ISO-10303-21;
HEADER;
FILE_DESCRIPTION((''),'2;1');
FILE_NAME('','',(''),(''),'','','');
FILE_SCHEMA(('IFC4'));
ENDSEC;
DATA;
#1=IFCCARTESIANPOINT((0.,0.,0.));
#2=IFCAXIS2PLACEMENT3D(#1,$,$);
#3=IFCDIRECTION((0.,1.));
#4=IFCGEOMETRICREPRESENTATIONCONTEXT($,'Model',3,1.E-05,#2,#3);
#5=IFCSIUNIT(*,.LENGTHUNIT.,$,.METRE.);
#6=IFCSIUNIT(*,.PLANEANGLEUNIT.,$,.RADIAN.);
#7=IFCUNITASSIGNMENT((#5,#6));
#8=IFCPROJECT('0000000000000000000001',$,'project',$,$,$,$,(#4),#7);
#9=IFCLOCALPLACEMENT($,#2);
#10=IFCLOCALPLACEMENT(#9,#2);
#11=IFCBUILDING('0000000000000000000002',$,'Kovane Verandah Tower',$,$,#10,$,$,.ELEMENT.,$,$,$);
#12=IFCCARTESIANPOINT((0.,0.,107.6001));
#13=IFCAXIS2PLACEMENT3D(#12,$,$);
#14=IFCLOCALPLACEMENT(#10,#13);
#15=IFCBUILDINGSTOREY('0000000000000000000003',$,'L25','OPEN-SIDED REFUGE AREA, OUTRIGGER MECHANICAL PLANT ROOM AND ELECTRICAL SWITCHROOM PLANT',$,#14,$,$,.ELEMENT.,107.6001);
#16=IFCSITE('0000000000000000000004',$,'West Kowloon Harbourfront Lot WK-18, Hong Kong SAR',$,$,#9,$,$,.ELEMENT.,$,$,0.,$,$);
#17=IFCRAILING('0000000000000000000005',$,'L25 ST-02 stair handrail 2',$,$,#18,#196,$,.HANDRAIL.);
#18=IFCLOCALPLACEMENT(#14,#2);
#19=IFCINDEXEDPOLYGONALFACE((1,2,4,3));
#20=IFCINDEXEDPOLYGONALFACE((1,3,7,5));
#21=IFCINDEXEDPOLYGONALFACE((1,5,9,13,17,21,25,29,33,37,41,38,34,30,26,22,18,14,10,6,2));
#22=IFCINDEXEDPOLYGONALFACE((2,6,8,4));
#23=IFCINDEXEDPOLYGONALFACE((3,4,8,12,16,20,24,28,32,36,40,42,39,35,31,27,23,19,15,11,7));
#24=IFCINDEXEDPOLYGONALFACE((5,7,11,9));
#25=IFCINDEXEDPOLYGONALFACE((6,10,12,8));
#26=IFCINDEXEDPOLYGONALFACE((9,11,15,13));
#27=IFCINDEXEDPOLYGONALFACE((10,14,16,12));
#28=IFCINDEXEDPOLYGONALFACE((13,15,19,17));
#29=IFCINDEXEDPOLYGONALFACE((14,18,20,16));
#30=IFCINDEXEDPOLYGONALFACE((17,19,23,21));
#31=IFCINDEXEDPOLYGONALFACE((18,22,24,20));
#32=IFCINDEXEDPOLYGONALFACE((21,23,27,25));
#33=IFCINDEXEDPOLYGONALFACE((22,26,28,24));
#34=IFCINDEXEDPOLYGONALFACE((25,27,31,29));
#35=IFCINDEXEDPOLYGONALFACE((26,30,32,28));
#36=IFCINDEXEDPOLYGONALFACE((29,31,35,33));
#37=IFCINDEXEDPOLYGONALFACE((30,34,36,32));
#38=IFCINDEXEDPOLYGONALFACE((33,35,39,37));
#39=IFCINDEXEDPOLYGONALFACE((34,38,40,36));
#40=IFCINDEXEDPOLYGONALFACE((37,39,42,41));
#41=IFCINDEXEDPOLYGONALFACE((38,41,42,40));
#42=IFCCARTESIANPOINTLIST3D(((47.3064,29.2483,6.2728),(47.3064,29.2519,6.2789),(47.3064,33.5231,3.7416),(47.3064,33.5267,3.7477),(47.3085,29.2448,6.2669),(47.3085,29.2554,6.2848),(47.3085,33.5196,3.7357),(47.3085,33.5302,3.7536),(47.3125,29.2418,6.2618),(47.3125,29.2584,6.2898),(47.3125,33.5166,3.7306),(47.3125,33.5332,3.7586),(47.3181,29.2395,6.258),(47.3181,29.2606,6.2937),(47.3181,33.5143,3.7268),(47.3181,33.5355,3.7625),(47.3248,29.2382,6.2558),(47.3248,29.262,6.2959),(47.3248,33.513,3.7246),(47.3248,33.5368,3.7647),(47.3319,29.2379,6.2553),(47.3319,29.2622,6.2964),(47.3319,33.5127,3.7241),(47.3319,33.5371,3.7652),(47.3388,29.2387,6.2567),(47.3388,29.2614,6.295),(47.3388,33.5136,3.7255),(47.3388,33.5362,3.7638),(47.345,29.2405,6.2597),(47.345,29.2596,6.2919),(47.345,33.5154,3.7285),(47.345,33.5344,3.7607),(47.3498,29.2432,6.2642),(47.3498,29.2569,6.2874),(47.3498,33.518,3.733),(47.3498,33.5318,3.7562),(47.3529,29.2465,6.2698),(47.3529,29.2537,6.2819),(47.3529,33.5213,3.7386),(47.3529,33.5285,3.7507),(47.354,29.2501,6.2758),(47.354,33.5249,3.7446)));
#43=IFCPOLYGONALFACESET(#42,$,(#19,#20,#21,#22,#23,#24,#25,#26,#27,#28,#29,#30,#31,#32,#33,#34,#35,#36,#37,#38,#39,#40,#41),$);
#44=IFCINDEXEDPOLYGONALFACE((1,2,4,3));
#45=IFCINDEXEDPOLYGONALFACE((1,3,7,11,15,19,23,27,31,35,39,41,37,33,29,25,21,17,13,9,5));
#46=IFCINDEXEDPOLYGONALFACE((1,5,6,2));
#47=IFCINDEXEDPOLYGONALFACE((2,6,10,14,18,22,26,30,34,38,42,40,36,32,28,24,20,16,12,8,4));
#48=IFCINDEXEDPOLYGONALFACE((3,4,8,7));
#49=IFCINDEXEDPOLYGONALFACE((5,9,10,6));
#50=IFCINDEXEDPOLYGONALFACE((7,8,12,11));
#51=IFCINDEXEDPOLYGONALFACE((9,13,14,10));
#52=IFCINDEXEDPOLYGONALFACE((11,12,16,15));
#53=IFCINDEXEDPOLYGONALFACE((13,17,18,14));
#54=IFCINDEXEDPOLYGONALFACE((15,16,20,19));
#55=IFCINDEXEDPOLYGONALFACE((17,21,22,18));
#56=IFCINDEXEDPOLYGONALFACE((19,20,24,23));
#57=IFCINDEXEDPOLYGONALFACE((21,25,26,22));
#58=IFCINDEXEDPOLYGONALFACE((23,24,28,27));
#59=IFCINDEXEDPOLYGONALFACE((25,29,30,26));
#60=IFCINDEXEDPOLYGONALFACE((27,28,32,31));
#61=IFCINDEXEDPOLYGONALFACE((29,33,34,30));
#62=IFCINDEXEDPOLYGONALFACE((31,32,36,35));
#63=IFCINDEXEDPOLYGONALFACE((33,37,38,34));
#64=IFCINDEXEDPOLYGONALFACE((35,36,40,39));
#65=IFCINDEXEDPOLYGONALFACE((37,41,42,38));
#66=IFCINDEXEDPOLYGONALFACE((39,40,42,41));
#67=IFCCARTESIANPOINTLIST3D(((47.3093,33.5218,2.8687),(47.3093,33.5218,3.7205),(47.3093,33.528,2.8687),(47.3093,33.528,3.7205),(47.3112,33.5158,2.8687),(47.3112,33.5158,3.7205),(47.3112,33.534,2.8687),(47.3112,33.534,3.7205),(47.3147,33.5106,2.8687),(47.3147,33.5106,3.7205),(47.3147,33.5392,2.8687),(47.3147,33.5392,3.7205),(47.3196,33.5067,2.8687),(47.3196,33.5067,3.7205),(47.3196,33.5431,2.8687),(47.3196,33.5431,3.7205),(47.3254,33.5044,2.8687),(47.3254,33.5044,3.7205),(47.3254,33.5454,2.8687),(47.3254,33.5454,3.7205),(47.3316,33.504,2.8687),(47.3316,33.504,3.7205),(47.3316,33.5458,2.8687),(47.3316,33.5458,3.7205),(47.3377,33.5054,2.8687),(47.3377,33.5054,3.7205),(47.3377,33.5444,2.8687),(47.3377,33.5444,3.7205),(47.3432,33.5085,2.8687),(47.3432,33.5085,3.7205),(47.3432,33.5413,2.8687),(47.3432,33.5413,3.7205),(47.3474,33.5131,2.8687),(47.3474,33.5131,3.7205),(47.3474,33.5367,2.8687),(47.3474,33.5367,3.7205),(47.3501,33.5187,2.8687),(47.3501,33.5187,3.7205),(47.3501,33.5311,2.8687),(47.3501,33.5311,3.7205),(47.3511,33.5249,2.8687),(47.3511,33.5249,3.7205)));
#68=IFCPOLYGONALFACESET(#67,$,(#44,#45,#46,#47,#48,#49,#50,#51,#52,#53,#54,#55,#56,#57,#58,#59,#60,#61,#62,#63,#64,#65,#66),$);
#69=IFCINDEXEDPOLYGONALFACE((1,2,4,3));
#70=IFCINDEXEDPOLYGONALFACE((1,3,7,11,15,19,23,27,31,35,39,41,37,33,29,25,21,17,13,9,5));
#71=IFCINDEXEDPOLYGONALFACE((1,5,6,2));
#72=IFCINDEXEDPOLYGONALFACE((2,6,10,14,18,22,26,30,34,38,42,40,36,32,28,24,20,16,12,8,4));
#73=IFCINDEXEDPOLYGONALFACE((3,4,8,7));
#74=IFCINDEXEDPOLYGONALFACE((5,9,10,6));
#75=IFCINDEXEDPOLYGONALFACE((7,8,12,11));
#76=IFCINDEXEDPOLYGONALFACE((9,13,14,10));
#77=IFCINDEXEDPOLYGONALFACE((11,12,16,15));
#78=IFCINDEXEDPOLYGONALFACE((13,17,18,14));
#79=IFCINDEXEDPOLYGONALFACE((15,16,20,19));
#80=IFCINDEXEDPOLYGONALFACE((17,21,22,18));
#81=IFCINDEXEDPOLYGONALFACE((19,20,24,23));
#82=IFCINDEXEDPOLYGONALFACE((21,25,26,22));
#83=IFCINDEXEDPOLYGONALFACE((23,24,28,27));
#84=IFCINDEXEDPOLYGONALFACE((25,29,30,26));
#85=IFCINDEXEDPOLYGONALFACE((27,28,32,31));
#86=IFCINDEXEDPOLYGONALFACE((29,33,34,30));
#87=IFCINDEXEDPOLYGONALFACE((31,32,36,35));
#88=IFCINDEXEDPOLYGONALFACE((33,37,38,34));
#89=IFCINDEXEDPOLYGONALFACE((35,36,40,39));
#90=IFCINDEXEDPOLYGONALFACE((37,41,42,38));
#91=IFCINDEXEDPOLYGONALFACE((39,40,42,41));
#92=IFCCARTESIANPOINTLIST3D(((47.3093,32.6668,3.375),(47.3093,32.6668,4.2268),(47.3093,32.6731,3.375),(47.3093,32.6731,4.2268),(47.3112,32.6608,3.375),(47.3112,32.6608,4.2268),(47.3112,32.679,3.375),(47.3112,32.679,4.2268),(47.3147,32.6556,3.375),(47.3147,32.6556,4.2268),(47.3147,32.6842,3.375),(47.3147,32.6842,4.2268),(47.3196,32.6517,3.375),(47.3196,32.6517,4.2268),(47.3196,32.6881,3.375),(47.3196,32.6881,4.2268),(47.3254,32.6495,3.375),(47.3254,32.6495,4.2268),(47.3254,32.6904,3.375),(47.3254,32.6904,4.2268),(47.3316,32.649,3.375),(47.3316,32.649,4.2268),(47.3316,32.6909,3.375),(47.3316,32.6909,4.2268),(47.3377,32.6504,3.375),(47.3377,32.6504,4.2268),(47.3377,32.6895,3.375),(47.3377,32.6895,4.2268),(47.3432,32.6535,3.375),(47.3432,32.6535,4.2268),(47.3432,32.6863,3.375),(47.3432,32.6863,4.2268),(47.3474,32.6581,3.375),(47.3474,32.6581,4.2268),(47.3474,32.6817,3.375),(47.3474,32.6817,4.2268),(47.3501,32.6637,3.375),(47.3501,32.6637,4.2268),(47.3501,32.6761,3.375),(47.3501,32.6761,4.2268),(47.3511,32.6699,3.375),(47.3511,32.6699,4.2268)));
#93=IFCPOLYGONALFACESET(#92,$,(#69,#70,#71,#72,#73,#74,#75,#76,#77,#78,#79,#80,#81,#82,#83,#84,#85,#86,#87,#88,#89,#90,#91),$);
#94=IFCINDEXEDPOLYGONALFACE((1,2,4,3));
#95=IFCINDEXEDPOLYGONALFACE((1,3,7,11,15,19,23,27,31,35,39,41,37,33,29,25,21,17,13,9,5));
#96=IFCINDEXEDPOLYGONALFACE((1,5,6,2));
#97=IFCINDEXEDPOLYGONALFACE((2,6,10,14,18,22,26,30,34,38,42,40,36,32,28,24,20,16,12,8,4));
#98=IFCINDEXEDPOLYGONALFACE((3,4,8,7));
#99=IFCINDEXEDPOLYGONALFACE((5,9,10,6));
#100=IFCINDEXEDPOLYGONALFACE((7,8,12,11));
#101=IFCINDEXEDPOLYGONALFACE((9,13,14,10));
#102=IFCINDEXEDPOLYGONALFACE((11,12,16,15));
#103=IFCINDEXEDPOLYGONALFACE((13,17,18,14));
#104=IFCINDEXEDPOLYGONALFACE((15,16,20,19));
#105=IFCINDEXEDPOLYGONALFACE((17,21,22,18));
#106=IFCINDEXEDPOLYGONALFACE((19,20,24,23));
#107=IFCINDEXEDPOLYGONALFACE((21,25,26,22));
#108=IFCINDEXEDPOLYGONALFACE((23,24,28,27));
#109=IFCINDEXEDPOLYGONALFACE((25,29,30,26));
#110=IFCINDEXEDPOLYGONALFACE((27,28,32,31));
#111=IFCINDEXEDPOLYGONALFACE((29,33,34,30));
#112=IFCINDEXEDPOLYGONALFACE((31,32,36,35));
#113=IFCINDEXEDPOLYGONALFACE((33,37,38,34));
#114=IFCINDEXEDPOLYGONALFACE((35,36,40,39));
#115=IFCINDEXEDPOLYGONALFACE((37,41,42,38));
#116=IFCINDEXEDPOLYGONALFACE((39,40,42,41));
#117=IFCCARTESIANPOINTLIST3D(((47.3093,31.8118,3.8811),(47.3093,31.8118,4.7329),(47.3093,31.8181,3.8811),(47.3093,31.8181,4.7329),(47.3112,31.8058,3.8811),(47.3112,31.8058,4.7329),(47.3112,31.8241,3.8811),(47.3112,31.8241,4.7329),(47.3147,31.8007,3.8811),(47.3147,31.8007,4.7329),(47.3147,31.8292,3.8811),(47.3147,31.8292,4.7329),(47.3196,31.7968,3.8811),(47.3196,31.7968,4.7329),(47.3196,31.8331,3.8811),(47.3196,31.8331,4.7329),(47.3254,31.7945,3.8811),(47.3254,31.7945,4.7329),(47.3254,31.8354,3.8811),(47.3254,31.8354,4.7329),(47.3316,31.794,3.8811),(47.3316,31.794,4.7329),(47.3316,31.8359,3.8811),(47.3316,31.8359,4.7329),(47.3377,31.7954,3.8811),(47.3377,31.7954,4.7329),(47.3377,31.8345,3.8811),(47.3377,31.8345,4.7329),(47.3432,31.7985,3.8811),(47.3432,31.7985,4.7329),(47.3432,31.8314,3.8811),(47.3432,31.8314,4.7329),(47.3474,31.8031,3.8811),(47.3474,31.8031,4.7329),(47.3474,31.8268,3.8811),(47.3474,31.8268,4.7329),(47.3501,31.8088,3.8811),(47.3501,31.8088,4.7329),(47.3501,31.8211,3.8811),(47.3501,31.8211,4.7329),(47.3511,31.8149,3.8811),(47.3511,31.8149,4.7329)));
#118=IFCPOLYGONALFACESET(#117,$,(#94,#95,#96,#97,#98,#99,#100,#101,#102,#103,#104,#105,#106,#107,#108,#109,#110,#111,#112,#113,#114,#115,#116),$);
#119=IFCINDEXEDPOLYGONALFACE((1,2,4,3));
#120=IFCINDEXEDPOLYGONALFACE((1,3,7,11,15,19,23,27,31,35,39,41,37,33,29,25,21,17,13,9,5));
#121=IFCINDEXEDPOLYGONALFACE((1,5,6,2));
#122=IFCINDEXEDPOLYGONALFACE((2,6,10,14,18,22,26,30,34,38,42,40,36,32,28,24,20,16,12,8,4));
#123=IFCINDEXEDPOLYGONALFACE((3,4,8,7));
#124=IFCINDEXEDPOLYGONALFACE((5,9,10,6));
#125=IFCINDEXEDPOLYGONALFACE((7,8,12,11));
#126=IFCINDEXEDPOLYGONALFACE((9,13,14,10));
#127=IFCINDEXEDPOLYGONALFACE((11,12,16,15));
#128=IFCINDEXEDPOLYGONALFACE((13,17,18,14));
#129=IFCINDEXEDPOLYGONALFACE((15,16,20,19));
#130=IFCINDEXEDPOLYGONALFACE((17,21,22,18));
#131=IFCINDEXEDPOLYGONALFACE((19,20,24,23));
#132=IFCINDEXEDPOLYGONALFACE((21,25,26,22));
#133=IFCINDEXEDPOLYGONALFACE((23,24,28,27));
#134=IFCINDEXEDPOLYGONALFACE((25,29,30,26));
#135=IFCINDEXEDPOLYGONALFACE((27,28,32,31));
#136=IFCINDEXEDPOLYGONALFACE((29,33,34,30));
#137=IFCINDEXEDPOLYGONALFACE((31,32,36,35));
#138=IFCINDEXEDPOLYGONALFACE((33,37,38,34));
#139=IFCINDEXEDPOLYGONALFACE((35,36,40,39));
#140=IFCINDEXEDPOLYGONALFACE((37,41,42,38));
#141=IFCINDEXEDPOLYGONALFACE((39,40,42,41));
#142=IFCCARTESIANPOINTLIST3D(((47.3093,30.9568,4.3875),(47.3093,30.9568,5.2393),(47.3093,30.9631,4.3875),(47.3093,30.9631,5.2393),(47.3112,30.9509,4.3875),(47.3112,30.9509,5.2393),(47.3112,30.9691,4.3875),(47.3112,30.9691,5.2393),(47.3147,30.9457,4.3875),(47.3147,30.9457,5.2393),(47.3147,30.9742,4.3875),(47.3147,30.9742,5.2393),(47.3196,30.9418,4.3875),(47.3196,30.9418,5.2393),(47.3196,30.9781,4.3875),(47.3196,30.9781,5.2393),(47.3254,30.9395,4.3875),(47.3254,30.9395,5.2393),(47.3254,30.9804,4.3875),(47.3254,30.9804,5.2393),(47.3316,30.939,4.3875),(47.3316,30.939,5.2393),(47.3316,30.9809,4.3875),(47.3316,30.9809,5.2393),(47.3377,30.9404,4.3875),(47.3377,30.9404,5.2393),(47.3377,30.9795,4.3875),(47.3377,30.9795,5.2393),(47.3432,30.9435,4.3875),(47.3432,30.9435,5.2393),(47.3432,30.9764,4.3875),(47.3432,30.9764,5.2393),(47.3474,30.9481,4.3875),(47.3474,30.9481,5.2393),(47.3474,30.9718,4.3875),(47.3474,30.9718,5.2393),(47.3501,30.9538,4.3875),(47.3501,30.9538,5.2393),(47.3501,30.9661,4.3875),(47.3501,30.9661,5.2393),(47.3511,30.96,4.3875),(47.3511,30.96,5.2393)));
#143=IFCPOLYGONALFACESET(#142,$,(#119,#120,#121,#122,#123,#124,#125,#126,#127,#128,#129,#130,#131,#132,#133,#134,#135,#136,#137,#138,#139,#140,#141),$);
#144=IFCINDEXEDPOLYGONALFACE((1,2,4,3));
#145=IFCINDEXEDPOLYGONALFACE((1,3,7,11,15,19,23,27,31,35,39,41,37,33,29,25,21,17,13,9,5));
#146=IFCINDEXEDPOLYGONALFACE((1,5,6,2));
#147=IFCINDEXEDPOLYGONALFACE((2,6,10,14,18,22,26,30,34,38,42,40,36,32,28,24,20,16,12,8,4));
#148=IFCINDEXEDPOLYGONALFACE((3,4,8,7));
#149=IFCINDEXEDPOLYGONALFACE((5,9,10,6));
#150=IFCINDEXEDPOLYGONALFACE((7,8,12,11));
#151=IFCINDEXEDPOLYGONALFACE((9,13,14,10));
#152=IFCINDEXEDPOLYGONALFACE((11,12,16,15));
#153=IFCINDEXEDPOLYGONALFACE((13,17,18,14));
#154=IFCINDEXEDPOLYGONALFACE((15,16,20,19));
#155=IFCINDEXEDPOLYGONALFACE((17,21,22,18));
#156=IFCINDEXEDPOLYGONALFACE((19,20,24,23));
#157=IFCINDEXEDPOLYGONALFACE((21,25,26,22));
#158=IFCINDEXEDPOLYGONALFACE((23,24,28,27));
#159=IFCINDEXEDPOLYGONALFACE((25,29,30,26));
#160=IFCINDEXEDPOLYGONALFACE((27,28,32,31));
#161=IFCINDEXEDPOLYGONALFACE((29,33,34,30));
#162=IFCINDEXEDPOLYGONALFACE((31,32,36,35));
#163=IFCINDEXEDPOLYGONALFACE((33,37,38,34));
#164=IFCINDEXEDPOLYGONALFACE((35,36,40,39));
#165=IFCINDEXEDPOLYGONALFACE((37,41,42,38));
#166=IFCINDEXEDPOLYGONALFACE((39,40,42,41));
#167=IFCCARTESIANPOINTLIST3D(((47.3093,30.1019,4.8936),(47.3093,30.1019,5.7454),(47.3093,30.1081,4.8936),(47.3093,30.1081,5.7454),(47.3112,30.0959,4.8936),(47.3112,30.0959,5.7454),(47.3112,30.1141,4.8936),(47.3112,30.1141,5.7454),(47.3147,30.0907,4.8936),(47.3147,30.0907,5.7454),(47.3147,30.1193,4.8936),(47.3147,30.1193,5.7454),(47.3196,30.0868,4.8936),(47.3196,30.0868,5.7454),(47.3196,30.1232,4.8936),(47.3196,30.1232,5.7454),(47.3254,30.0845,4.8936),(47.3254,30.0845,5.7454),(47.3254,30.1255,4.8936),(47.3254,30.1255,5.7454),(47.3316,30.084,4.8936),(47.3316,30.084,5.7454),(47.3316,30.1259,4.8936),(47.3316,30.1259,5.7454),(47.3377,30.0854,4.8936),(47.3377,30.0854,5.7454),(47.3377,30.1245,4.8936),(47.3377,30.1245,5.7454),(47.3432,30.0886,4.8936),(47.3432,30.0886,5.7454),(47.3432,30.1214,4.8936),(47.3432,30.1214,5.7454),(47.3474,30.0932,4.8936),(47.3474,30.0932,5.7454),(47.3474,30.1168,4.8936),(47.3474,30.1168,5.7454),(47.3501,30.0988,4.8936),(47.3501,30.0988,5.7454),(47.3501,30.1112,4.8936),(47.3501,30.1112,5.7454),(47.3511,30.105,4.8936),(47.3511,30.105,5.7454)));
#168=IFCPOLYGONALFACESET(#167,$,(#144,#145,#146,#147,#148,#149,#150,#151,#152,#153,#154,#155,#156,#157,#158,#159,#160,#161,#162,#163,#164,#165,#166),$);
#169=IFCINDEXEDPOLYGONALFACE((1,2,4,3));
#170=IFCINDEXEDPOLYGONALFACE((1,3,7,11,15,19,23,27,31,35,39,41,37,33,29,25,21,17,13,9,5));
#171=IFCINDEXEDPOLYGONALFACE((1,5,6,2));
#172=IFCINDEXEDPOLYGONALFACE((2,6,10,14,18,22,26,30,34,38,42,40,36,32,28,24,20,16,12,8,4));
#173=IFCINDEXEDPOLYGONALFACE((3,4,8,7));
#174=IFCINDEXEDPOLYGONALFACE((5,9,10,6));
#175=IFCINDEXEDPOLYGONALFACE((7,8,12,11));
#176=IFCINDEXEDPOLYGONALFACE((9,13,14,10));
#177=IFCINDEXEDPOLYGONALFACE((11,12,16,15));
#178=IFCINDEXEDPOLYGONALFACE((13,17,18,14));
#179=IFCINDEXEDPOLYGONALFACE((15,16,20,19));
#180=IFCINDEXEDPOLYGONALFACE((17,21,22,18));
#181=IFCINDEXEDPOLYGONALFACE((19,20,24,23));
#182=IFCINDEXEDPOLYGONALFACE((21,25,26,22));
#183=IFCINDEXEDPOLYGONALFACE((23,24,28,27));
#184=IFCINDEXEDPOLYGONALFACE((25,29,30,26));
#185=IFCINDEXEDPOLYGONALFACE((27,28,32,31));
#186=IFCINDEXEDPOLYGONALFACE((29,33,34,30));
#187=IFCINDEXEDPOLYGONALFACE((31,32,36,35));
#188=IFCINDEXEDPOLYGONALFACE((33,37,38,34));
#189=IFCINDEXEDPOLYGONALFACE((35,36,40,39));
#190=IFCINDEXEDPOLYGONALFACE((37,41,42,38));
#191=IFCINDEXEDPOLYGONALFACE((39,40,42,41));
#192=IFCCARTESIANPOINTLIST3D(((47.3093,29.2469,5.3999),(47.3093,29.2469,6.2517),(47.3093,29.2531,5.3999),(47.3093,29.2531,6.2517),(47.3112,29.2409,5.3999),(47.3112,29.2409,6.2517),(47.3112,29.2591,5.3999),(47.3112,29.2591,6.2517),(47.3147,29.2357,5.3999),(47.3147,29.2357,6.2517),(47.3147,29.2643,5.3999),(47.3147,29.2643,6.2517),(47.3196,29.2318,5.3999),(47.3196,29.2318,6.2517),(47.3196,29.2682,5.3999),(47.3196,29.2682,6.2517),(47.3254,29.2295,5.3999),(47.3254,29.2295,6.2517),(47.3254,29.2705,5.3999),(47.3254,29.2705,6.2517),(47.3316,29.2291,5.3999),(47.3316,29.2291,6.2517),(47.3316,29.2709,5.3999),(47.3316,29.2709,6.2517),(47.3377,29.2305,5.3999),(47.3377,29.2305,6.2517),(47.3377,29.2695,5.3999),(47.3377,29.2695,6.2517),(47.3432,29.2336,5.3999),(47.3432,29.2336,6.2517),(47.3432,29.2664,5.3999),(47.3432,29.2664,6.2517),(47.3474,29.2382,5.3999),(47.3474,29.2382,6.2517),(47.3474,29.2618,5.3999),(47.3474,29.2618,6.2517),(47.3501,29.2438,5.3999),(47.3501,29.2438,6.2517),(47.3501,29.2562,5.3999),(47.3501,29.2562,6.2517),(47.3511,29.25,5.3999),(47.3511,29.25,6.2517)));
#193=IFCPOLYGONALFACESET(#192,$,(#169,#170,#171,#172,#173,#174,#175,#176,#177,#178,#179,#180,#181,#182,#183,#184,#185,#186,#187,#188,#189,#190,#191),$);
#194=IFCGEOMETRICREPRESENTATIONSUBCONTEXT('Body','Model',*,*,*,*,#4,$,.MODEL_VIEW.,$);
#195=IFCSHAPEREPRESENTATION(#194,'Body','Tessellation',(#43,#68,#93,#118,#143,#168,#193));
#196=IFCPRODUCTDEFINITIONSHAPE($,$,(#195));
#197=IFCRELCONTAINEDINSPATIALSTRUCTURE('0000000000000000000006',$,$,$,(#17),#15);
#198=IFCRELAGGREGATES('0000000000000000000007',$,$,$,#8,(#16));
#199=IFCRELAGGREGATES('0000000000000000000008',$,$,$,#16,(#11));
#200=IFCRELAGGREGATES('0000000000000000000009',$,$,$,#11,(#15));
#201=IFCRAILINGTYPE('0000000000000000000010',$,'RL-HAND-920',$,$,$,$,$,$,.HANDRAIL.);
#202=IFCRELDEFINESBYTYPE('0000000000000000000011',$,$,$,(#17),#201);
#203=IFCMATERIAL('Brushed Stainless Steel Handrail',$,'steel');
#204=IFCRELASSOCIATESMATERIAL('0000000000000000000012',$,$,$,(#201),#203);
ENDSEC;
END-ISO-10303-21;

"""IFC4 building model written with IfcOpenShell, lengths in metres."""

from ifc_helpers import new_model, si_unit, direction, frame, origin, origin_2d, place, context, subcontext, project, spatial, circle, extrude, material, type_object, element, save


model = new_model("IFC4")

# Units and contexts
model_context = context("Model", 3, precision=1e-05, world=origin(), true_north=direction((0.0, 1.0)))
body_context = subcontext(model_context, "Body", "Model", "MODEL_VIEW")
ifc_project = project(units=[si_unit("LENGTHUNIT", "METRE"), si_unit("PLANEANGLEUNIT", "RADIAN")], contexts=[model_context])

# Site, building, storey
site_placement = place(None, origin())
site = spatial("IfcSite", under=ifc_project, at=site_placement, Name="West Kowloon Harbourfront Lot WK-18, Hong Kong SAR", CompositionType="ELEMENT", RefElevation=0.0)
building_placement = place(site_placement, origin())
building = spatial("IfcBuilding", under=site, at=building_placement, Name="Kovane Verandah Tower", CompositionType="ELEMENT")
storey_placement = place(building_placement, frame((0.0, 0.0, 107.6001)))
storey = spatial("IfcBuildingStorey", under=building, at=storey_placement, Name="L25", Description="OPEN-SIDED REFUGE AREA, OUTRIGGER MECHANICAL PLANT ROOM AND ELECTRICAL SWITCHROOM PLANT", CompositionType="ELEMENT", Elevation=107.6001)

# Railing
ifc_material_1 = material(Name="Brushed Stainless Steel Handrail", Category="steel")
railing_type_1 = type_object("IfcRailingType", Name="RL-HAND-920", PredefinedType="HANDRAIL", material=ifc_material_1)
railing_1_placement = place(storey_placement, frame((47.3301, 33.5249, 2.8687)))
element("IfcRailing", 1, at=railing_1_placement, inside=storey, type_object=railing_type_1, Name="L25 ST-02 stair handrail 2", PredefinedType="HANDRAIL", context=body_context, shape_type="SweptSolid", body=[
    extrude(circle(Radius=0.0239, at=origin_2d()), frame((0.0, 0.0, 0.876), z_axis=(0.0, -0.86047, 0.509501), x_axis=(1.0, 0.0, 0.0)), (0.0, 0.0, 1.0), 4.968),
    extrude(circle(Radius=0.021, at=origin_2d()), origin(), (0.0, 0.0, 1.0), 0.8518),
    extrude(circle(Radius=0.021, at=origin_2d()), frame((0.0, -0.855, 0.5063)), (0.0, 0.0, 1.0), 0.8518),
    extrude(circle(Radius=0.021, at=origin_2d()), frame((0.0, -1.71, 1.0125)), (0.0, 0.0, 1.0), 0.8518),
    extrude(circle(Radius=0.021, at=origin_2d()), frame((0.0, -2.5649, 1.5188)), (0.0, 0.0, 1.0), 0.8518),
    extrude(circle(Radius=0.021, at=origin_2d()), frame((0.0, -3.4199, 2.0249)), (0.0, 0.0, 1.0), 0.8518),
    extrude(circle(Radius=0.021, at=origin_2d()), frame((0.0, -4.2749, 2.5312)), (0.0, 0.0, 1.0), 0.8518),
])

save(model, "model.ifc")
